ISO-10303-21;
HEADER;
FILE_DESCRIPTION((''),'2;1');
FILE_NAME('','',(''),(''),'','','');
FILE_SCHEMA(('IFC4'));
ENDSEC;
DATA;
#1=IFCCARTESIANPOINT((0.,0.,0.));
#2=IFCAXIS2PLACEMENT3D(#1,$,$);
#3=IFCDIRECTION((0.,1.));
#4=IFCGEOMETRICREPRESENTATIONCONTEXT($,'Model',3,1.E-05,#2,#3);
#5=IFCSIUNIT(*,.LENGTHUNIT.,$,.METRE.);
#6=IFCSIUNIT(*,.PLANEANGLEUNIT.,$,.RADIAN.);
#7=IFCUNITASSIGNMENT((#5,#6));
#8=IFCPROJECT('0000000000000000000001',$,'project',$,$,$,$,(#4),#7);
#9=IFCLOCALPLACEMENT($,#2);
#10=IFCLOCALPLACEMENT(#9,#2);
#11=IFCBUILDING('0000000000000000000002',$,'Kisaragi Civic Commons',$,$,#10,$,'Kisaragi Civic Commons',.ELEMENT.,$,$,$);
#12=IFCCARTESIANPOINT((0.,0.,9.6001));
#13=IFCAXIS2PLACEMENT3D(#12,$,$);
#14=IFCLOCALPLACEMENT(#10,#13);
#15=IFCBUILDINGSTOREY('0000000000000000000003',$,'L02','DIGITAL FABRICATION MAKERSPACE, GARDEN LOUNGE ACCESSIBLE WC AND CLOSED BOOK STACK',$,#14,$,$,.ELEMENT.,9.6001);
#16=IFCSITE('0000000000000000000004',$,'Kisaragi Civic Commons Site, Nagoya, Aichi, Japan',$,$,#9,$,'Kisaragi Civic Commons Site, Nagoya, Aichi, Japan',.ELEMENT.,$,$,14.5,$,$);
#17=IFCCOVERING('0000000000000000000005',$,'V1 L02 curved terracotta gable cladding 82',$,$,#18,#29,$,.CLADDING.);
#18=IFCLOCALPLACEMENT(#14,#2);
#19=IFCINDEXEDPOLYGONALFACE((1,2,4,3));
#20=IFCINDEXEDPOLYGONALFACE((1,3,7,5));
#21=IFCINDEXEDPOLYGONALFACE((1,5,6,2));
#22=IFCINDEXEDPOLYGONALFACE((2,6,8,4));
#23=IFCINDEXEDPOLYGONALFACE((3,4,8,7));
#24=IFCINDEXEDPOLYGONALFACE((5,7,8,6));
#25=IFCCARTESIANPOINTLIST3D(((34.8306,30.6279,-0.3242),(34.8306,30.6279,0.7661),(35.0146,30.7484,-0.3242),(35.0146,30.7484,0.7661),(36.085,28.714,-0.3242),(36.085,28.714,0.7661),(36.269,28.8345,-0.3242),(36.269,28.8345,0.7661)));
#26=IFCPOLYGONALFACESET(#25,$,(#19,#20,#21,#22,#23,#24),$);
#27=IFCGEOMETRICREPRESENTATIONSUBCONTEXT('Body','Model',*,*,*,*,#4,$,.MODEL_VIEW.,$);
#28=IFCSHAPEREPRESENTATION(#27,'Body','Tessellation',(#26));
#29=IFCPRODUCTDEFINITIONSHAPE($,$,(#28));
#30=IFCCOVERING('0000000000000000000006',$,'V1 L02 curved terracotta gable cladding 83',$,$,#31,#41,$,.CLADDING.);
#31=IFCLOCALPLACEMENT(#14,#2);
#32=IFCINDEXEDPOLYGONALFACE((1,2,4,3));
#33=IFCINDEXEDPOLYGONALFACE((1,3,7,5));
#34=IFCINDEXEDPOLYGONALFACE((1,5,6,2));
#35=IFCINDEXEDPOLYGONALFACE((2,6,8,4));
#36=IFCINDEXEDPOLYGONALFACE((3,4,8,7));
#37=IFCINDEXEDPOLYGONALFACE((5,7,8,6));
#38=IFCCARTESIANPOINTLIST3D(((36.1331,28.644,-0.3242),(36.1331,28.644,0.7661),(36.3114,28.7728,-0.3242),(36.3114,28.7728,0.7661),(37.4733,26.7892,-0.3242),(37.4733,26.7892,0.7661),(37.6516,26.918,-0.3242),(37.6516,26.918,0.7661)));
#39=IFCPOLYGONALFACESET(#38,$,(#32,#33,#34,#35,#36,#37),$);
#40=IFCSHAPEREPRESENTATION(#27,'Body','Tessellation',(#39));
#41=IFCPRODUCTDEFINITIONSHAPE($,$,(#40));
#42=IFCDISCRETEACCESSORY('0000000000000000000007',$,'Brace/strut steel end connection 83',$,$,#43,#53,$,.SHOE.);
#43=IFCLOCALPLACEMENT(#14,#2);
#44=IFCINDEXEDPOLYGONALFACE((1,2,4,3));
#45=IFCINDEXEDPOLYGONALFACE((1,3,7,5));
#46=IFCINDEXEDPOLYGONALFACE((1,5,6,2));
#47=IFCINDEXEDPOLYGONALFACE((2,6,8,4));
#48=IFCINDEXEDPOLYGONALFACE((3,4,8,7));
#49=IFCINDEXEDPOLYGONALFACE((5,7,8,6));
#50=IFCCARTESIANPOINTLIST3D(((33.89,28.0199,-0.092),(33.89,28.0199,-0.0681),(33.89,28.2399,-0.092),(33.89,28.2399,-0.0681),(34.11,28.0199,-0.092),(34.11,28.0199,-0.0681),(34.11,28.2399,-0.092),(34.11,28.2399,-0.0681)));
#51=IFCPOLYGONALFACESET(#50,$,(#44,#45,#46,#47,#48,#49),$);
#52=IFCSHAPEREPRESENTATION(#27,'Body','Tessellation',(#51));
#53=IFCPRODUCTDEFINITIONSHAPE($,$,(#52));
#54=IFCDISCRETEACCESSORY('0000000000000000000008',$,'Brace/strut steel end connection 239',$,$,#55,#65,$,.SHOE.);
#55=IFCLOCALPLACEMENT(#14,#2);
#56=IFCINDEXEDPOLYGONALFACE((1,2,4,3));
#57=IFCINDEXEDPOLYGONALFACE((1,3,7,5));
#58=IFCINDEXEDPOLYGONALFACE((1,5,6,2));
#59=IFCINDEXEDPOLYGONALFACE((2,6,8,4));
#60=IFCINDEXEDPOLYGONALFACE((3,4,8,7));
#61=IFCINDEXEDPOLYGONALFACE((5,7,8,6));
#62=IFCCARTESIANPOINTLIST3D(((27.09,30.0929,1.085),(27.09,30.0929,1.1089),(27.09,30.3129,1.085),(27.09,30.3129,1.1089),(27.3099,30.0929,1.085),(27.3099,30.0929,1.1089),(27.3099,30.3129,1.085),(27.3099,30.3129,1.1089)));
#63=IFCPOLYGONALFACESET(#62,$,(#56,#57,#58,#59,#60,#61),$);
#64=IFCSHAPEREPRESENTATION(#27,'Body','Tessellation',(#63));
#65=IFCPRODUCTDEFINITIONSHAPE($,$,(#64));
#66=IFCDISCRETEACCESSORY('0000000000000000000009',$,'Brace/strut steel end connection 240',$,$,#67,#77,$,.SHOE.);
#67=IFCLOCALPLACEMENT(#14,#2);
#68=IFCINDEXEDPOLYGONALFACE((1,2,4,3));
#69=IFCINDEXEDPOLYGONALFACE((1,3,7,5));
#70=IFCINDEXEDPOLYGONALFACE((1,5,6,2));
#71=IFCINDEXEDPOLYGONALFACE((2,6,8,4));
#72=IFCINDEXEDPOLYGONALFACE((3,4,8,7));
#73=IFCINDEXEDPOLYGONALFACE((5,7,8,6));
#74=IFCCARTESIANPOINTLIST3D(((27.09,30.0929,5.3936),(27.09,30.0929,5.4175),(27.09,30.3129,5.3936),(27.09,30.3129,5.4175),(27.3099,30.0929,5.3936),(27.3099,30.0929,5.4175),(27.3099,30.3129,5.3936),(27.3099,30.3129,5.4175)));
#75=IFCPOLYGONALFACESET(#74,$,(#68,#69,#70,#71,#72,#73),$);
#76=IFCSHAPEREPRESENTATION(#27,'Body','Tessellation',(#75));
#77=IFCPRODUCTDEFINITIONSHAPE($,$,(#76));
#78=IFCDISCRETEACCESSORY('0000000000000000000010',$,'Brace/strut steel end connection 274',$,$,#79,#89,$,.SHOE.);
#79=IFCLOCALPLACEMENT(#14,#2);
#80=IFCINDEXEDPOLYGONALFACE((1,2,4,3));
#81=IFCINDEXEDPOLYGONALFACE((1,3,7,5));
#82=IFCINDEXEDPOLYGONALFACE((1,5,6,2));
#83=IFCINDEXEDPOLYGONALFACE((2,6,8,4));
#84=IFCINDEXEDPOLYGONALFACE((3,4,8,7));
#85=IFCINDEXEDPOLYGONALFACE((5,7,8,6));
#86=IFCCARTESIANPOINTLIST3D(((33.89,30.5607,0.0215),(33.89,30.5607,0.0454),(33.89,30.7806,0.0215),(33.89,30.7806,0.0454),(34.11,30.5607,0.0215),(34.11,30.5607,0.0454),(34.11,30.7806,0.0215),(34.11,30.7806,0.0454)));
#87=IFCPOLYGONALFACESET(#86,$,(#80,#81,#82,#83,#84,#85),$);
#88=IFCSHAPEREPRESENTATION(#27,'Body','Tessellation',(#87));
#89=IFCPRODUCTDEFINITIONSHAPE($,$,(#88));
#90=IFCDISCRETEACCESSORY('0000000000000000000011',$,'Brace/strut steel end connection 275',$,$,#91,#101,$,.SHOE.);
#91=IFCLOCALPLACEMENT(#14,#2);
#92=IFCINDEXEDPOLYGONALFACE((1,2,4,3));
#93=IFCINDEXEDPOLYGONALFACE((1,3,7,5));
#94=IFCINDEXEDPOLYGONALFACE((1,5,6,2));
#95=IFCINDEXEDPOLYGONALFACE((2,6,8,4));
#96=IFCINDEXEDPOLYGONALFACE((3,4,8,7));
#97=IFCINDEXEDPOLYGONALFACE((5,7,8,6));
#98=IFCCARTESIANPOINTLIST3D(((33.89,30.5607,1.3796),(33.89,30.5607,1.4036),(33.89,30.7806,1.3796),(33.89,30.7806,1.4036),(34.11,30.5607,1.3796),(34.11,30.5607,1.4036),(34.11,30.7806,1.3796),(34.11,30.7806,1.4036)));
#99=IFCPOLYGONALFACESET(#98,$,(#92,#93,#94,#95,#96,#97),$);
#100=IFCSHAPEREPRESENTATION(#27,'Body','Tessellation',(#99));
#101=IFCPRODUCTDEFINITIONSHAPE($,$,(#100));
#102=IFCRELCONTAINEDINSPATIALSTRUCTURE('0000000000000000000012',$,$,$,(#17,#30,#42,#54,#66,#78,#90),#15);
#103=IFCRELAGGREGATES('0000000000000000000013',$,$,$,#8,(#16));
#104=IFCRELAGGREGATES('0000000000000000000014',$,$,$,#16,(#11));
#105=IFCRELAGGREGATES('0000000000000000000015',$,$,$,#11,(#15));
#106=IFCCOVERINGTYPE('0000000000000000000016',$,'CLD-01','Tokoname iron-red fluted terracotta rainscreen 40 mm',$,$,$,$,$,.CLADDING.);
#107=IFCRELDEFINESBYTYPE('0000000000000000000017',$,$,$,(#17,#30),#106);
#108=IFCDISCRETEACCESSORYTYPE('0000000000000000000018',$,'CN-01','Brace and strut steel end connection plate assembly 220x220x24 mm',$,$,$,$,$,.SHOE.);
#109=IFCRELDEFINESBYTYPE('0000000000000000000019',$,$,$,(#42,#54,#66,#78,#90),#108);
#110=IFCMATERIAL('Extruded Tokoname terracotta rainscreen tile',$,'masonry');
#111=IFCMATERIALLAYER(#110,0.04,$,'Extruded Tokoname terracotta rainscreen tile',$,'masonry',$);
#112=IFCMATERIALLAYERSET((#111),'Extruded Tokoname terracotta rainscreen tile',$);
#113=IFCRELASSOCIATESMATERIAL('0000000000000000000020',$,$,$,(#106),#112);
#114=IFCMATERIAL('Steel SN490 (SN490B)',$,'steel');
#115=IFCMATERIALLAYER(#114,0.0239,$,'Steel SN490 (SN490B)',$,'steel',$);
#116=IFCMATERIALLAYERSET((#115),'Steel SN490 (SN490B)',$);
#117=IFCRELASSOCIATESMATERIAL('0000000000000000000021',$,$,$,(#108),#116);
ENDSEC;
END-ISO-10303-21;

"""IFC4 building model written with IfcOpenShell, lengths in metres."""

from ifc_helpers import new_model, si_unit, direction, frame, origin, origin_2d, place, context, subcontext, project, spatial, rectangle, extrude, material, layer, layer_set, type_object, element, save


model = new_model("IFC4")

# Units and contexts
model_context = context("Model", 3, precision=1e-05, world=origin(), true_north=direction((0.0, 1.0)))
body_context = subcontext(model_context, "Body", "Model", "MODEL_VIEW")
ifc_project = project(units=[si_unit("LENGTHUNIT", "METRE"), si_unit("PLANEANGLEUNIT", "RADIAN")], contexts=[model_context])

# Site, building, storey
site_placement = place(None, origin())
site = spatial("IfcSite", under=ifc_project, at=site_placement, Name="Kisaragi Civic Commons Site, Nagoya, Aichi, Japan", LongName="Kisaragi Civic Commons Site, Nagoya, Aichi, Japan", CompositionType="ELEMENT", RefElevation=14.5)
building_placement = place(site_placement, origin())
building = spatial("IfcBuilding", under=site, at=building_placement, Name="Kisaragi Civic Commons", LongName="Kisaragi Civic Commons", CompositionType="ELEMENT")
storey_placement = place(building_placement, frame((0.0, 0.0, 9.6001)))
storey = spatial("IfcBuildingStorey", under=building, at=storey_placement, Name="L02", Description="DIGITAL FABRICATION MAKERSPACE, GARDEN LOUNGE ACCESSIBLE WC AND CLOSED BOOK STACK", CompositionType="ELEMENT", Elevation=9.6001)

# Shared definitions
ifc_material_1 = material(Name="Steel SN490 (SN490B)", Category="steel")

# Coverings
ifc_material_2 = material(Name="Extruded Tokoname terracotta rainscreen tile", Category="masonry")
ifc_layer_1 = layer(ifc_material_2, 0.04, Name="Extruded Tokoname terracotta rainscreen tile", Category="masonry")
ifc_layer_set_1 = layer_set([ifc_layer_1], Name="Extruded Tokoname terracotta rainscreen tile")
covering_type = type_object("IfcCoveringType", Name="CLD-01", Description="Tokoname iron-red fluted terracotta rainscreen 40 mm", PredefinedType="CLADDING", material=ifc_layer_set_1)
for number, where, z_axis, x_axis, name in (
    (1, (35.5498, 29.7312, -0.3242), (0.0, 0.0, 1.0), (0.548147, -0.836382, 0.0), "V1 L02 curved terracotta gable cladding 82"),
    (2, (36.8923, 27.781, -0.3242), (0.0, 0.0, 1.0), (0.585665, -0.810553, 0.0), "V1 L02 curved terracotta gable cladding 83"),
):
    element("IfcCovering", number, at=place(storey_placement, frame(where, z_axis=z_axis, x_axis=x_axis)), inside=storey, type_object=covering_type, Name=name, PredefinedType="CLADDING", context=body_context, shape_type="SweptSolid", body=[
        extrude(rectangle(XDim=2.2883, YDim=0.22, at=origin_2d()), origin(), (0.0, 0.0, 1.0), 1.0903),
    ])

# Discrete accessories
ifc_layer_2 = layer(ifc_material_1, 0.0239, Name="Steel SN490 (SN490B)", Category="steel")
ifc_layer_set_2 = layer_set([ifc_layer_2], Name="Steel SN490 (SN490B)")
discrete_accessory_type = type_object("IfcDiscreteAccessoryType", Name="CN-01", Description="Brace and strut steel end connection plate assembly 220x220x24 mm", PredefinedType="SHOE", material=ifc_layer_set_2)
for number, where, z_axis, x_axis, name in (
    (3, (34.0, 28.1299, -0.092), (0.0, 0.0, 1.0), (1.0, 0.0, 0.0), "Brace/strut steel end connection 83"),
    (4, (27.2, 30.2029, 1.085), (0.0, 0.0, 1.0), (1.0, 0.0, 0.0), "Brace/strut steel end connection 239"),
    (5, (27.2, 30.2029, 5.3936), (0.0, 0.0, 1.0), (1.0, 0.0, 0.0), "Brace/strut steel end connection 240"),
    (6, (34.0, 30.6707, 0.0215), (0.0, 0.0, 1.0), (1.0, 0.0, 0.0), "Brace/strut steel end connection 274"),
    (7, (34.0, 30.6707, 1.3796), (0.0, 0.0, 1.0), (1.0, 0.0, 0.0), "Brace/strut steel end connection 275"),
):
    element("IfcDiscreteAccessory", number, at=place(storey_placement, frame(where, z_axis=z_axis, x_axis=x_axis)), inside=storey, type_object=discrete_accessory_type, Name=name, PredefinedType="SHOE", context=body_context, shape_type="SweptSolid", body=[
        extrude(rectangle(XDim=0.22, YDim=0.22, at=origin_2d()), origin(), (0.0, 0.0, 1.0), 0.0239),
    ])

save(model, "model.ifc")
